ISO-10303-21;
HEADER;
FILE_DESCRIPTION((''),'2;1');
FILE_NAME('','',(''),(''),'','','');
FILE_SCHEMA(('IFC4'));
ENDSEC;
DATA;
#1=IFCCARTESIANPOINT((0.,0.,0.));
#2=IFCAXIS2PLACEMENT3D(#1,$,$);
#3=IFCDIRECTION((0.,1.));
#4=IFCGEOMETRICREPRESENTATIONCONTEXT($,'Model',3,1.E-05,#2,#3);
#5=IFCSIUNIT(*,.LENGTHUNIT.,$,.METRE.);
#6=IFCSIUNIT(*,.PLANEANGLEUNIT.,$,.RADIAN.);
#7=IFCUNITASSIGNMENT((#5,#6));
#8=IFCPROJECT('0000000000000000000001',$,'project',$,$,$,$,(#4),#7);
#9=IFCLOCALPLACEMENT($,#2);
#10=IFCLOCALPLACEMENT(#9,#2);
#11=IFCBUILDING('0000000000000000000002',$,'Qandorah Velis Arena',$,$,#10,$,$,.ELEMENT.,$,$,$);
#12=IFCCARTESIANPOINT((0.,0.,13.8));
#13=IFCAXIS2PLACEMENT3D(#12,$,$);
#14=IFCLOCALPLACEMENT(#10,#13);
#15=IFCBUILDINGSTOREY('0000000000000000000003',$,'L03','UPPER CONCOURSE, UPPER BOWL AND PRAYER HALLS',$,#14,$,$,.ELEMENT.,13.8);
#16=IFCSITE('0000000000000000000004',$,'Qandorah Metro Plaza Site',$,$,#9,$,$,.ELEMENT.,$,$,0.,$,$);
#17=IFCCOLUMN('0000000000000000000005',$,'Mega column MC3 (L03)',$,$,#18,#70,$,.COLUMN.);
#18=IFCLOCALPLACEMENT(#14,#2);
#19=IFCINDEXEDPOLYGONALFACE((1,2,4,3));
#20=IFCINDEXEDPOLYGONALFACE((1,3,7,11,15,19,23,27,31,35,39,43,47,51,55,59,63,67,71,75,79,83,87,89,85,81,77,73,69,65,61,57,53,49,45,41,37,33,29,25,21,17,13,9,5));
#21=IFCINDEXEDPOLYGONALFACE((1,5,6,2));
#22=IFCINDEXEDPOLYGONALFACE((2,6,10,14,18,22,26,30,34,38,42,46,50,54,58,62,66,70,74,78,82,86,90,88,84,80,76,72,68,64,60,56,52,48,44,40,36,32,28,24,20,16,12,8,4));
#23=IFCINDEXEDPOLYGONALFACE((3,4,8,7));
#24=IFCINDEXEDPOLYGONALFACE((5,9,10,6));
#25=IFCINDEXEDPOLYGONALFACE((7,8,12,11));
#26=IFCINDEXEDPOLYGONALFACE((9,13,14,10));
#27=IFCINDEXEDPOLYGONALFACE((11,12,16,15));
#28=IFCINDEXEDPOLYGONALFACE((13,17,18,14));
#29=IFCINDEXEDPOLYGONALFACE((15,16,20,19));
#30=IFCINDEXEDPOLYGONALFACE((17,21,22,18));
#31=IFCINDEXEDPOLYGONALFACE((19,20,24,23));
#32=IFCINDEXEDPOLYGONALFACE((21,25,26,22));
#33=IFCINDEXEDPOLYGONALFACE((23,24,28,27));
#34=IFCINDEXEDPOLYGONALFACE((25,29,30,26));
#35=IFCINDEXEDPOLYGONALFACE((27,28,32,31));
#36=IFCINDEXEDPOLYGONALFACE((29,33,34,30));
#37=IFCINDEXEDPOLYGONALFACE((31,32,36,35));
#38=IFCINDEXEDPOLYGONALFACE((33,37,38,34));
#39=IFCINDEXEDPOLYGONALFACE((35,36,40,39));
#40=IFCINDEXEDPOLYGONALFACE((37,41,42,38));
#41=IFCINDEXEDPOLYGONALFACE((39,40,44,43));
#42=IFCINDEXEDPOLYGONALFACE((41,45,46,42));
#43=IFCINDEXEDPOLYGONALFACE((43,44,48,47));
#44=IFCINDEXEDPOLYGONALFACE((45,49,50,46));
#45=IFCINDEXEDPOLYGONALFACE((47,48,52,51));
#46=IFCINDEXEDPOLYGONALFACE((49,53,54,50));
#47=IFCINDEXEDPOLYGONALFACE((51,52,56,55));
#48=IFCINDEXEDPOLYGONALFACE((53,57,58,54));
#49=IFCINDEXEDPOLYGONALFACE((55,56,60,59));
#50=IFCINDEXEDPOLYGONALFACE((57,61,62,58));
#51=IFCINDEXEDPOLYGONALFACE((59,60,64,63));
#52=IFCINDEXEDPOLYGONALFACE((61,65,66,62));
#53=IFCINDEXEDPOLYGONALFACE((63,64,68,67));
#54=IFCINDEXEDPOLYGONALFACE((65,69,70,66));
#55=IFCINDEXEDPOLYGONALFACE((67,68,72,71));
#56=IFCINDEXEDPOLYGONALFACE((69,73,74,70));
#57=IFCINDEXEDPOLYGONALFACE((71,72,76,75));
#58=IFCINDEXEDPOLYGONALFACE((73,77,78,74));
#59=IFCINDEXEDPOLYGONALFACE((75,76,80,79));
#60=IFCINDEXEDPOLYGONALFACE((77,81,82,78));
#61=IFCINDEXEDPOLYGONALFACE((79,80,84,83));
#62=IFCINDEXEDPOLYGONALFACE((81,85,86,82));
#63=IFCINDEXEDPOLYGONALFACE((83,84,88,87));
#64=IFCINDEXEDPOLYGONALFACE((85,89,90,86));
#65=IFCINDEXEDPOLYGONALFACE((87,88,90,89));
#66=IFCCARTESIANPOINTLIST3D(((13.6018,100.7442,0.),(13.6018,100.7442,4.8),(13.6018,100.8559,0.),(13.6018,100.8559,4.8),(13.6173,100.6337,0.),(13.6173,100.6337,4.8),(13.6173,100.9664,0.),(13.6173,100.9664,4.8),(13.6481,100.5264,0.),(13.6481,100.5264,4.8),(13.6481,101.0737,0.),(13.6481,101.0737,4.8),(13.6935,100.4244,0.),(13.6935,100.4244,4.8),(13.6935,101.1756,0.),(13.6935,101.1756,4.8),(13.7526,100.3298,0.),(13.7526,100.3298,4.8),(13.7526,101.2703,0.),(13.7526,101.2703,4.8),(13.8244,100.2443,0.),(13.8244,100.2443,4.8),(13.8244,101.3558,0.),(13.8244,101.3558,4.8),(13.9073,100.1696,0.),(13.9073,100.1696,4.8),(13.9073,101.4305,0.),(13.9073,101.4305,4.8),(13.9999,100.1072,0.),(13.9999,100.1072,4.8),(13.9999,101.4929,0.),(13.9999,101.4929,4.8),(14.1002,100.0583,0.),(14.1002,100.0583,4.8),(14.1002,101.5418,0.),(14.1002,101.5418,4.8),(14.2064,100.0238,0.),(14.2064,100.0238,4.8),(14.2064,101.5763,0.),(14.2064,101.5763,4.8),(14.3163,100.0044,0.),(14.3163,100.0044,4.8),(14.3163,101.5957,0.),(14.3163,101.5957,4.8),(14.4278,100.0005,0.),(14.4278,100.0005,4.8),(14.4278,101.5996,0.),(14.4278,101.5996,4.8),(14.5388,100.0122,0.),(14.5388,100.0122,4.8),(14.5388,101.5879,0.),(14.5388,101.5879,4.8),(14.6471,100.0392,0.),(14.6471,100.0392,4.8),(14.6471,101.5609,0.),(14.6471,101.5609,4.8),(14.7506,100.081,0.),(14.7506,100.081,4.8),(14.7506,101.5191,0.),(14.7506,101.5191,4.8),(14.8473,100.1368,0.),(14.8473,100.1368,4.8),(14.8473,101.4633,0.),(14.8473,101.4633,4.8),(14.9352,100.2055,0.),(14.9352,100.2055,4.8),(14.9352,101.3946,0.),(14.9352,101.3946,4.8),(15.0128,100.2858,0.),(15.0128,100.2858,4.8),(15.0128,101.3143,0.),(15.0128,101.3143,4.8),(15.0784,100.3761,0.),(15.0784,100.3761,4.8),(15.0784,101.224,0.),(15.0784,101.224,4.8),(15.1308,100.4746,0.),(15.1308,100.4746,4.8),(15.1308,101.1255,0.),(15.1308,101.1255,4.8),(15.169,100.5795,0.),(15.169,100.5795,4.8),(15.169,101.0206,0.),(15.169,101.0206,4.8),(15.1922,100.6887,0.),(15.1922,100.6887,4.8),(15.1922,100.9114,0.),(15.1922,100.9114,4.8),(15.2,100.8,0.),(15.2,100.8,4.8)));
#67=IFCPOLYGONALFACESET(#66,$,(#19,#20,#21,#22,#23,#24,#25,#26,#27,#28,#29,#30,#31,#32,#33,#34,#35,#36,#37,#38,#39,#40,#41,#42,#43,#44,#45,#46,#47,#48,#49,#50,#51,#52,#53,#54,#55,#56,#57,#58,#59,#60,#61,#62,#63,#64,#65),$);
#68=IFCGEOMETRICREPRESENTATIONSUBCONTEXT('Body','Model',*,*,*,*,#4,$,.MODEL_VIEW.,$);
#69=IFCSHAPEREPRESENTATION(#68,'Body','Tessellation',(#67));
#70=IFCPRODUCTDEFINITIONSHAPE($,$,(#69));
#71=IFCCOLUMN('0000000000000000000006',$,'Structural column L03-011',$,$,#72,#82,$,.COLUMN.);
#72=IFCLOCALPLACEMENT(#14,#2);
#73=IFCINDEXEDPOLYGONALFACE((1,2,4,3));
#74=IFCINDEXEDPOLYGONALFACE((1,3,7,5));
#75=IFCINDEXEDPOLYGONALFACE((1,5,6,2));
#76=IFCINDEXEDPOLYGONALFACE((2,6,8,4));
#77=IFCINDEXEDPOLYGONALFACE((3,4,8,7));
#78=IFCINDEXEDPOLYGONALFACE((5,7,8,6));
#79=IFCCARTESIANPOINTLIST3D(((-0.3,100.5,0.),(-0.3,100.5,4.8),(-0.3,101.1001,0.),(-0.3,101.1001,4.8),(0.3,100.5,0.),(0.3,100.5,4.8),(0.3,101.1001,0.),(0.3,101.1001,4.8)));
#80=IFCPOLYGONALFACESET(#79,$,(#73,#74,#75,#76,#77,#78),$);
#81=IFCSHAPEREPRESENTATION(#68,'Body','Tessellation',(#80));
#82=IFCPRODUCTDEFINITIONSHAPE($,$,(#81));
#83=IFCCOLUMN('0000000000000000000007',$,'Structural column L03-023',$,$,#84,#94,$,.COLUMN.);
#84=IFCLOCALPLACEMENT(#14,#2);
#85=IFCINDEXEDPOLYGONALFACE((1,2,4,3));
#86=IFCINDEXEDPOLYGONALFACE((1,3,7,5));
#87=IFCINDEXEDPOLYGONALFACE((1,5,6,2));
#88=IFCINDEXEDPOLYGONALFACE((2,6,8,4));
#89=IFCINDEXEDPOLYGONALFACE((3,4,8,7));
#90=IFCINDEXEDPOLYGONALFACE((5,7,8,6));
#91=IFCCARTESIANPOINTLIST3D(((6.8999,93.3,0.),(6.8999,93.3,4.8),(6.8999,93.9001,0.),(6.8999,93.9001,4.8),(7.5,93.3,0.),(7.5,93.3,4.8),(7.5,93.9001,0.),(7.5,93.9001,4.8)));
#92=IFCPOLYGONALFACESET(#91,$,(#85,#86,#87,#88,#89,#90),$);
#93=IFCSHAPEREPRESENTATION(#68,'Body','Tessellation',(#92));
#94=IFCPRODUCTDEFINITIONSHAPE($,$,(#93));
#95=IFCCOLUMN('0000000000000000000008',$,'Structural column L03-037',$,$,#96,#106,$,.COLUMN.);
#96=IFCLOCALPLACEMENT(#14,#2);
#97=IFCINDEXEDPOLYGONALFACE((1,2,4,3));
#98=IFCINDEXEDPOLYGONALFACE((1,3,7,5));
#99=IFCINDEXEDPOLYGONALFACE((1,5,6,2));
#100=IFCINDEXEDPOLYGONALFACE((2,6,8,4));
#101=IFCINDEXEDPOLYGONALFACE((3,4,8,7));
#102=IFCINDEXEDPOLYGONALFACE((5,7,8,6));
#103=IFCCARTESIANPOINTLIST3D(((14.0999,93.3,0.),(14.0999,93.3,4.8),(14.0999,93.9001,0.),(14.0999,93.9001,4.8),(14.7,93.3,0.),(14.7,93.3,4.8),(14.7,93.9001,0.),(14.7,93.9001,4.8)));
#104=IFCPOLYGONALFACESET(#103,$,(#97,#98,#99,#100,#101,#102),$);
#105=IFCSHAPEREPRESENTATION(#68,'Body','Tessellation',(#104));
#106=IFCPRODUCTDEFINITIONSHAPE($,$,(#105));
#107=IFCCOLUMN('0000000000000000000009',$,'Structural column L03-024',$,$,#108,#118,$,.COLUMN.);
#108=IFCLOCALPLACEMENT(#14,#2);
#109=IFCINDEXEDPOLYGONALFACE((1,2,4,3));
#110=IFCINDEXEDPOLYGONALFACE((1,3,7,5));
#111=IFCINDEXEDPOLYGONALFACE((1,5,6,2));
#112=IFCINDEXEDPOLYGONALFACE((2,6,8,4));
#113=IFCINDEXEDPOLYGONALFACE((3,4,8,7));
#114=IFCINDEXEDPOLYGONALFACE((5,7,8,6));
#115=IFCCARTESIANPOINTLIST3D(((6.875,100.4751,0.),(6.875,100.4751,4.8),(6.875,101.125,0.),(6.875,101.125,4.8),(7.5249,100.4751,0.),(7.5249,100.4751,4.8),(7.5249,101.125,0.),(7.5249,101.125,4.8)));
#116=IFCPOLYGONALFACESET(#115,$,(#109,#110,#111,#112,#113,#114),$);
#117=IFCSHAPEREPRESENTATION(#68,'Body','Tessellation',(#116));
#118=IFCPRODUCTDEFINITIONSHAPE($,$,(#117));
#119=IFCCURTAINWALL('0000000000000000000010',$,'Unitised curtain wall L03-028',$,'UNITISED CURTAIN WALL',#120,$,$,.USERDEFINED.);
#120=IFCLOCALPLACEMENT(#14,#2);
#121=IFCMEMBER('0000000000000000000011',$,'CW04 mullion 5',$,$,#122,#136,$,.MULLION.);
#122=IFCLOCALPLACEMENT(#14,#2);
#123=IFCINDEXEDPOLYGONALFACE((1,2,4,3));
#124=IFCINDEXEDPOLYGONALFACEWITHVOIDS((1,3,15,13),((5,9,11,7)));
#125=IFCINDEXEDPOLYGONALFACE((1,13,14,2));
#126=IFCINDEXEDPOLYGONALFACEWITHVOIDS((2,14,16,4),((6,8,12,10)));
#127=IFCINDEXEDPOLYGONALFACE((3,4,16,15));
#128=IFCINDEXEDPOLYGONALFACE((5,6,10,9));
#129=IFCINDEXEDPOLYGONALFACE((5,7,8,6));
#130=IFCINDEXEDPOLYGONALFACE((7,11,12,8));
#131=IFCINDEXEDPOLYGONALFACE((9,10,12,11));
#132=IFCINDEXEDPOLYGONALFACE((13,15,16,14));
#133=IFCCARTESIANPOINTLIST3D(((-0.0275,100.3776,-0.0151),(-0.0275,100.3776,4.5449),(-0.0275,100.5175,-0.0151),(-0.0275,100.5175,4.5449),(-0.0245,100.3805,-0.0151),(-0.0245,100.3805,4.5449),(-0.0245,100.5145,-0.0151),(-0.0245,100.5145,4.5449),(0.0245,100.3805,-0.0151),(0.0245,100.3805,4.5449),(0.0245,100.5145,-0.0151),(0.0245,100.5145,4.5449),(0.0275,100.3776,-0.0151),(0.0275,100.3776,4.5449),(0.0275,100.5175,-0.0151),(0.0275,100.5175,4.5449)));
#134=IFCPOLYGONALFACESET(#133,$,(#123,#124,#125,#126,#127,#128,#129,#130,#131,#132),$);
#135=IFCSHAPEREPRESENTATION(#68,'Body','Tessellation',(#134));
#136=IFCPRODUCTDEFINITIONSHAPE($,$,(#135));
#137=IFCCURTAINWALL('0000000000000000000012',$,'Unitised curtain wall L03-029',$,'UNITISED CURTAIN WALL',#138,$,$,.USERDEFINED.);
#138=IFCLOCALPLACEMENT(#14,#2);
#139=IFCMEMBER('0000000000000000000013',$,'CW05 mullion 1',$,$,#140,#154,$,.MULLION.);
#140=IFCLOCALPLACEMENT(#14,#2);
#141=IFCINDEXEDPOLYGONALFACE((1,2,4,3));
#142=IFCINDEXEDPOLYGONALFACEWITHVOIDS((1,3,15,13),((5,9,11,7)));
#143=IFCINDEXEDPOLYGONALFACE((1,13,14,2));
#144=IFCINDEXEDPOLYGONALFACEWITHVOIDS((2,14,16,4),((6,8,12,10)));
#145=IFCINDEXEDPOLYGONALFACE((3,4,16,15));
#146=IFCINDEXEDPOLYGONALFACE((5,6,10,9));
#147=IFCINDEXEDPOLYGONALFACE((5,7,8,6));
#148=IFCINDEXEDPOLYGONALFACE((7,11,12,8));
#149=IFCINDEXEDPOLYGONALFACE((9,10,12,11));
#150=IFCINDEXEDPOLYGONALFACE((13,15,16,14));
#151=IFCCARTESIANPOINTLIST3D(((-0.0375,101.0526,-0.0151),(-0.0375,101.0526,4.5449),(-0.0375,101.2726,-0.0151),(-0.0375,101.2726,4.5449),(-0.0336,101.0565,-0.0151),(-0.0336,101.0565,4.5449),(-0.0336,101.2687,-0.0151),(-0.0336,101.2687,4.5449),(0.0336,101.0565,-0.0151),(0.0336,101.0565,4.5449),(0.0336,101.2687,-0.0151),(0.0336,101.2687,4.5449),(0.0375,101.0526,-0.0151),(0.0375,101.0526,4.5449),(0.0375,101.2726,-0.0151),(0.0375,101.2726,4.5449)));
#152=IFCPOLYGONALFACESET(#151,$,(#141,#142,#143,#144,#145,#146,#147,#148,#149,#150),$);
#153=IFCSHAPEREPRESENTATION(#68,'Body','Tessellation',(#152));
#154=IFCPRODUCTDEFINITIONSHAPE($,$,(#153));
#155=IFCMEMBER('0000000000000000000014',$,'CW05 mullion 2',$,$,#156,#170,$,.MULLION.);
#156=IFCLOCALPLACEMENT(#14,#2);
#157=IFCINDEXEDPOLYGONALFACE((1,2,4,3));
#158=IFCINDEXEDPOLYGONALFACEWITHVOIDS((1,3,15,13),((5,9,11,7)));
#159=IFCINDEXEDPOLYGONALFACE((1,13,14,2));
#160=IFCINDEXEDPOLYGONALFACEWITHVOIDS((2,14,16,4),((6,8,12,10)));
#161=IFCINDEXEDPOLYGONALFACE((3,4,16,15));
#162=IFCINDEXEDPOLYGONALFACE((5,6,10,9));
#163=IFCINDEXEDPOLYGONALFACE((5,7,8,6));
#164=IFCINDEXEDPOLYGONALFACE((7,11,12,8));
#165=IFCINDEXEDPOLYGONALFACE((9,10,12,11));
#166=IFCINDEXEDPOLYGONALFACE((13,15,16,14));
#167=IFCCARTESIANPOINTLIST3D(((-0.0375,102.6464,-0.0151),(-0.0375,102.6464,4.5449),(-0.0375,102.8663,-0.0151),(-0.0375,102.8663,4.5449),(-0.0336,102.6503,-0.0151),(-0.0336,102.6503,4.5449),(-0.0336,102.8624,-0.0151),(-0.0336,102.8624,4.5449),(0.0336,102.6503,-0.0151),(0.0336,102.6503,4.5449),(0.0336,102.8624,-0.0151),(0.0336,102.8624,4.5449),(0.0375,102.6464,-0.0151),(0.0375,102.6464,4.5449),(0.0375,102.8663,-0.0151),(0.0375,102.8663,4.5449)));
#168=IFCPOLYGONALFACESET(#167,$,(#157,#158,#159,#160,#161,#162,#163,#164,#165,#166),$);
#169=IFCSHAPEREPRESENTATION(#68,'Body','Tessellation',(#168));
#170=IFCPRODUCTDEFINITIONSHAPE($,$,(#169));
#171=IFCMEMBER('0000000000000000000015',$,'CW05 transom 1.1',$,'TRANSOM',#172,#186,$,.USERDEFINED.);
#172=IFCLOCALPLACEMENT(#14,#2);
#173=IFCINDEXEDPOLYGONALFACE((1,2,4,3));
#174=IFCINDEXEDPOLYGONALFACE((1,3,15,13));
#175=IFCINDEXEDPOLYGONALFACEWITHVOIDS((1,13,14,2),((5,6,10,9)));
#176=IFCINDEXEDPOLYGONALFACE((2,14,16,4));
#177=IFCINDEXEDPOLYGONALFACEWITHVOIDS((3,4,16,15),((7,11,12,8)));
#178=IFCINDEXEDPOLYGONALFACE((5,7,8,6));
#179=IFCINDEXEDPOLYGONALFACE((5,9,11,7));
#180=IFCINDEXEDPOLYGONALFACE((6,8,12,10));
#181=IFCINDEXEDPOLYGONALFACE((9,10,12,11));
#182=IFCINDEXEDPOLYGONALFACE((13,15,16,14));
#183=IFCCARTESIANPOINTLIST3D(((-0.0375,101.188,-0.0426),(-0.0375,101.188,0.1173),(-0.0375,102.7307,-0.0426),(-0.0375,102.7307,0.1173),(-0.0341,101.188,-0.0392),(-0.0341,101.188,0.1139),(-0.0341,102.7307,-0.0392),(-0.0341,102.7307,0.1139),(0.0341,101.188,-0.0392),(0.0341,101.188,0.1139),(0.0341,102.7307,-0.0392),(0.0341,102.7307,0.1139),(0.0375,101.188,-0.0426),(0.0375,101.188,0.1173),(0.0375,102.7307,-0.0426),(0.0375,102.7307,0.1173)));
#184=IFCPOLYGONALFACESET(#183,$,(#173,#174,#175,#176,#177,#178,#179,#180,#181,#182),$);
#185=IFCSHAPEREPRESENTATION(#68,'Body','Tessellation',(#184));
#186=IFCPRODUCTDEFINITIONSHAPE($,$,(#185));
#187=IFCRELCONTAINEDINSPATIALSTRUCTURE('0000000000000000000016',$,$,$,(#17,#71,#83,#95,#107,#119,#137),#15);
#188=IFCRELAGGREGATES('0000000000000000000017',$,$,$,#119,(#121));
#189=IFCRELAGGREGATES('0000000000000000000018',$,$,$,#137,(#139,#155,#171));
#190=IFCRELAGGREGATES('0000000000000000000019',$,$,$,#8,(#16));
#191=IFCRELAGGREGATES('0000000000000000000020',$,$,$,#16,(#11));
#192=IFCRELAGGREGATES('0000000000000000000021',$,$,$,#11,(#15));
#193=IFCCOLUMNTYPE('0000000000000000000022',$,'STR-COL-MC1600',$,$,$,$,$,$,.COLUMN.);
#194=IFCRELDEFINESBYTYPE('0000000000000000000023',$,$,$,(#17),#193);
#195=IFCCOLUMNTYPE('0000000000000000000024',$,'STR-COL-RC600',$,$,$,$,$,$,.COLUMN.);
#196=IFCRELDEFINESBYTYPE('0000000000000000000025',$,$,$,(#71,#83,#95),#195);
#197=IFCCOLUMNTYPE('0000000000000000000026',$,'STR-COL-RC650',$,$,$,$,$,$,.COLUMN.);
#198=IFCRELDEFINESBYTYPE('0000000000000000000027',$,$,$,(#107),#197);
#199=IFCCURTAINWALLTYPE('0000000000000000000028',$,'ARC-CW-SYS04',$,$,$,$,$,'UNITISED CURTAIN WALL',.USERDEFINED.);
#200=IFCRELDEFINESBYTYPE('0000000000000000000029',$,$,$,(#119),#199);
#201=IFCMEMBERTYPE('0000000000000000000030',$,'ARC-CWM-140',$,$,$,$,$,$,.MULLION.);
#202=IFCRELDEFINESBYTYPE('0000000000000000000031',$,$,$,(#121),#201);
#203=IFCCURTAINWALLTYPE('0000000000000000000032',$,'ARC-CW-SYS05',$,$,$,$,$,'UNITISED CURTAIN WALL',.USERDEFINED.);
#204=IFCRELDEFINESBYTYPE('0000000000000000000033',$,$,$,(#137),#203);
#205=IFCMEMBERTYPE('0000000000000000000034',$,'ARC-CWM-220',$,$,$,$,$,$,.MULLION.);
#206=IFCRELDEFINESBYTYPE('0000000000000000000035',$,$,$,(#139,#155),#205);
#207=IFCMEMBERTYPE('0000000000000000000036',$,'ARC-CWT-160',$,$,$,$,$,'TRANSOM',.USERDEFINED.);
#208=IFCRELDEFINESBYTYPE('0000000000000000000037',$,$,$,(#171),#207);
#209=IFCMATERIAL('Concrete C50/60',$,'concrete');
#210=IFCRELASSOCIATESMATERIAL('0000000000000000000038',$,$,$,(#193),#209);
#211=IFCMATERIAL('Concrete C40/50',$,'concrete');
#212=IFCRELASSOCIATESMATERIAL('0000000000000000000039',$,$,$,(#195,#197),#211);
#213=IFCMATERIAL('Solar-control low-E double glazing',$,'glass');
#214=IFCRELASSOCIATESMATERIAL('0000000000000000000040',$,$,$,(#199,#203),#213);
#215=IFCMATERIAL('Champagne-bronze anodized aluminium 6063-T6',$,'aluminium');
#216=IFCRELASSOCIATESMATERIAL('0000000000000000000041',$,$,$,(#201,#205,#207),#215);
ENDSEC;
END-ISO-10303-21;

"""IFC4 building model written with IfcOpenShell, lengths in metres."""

from ifc_helpers import new_model, si_unit, direction, frame, origin, origin_2d, place, context, subcontext, project, spatial, rectangle, hollow_rectangle, circle, extrude, material, material_profile, profile_set, type_object, element, aggregate, save


model = new_model("IFC4")

# Units and contexts
model_context = context("Model", 3, precision=1e-05, world=origin(), true_north=direction((0.0, 1.0)))
body_context = subcontext(model_context, "Body", "Model", "MODEL_VIEW")
ifc_project = project(units=[si_unit("LENGTHUNIT", "METRE"), si_unit("PLANEANGLEUNIT", "RADIAN")], contexts=[model_context])

# Site, building, storey
site_placement = place(None, origin())
site = spatial("IfcSite", under=ifc_project, at=site_placement, Name="Qandorah Metro Plaza Site", CompositionType="ELEMENT", RefElevation=0.0)
building_placement = place(site_placement, origin())
building = spatial("IfcBuilding", under=site, at=building_placement, Name="Qandorah Velis Arena", CompositionType="ELEMENT")
storey_placement = place(building_placement, frame((0.0, 0.0, 13.8)))
storey = spatial("IfcBuildingStorey", under=building, at=storey_placement, Name="L03", Description="UPPER CONCOURSE, UPPER BOWL AND PRAYER HALLS", CompositionType="ELEMENT", Elevation=13.8)

# Columns
ifc_material_1 = material(Name="Concrete C50/60", Category="concrete")
ifc_material_profile_1 = material_profile(ifc_material_1, circle(Radius=0.8, at=origin_2d()), Name="MC D1600")
ifc_profile_set_1 = profile_set([ifc_material_profile_1], Name="Concrete C50/60")
column_type_1 = type_object("IfcColumnType", Name="STR-COL-MC1600", PredefinedType="COLUMN", material=ifc_profile_set_1)
column_1_placement = place(storey_placement, frame((14.3999, 100.8, 0.0), z_axis=(0.0, 0.0, 1.0), x_axis=(1.0, 0.0, 0.0)))
element("IfcColumn", 1, at=column_1_placement, inside=storey, type_object=column_type_1, Name="Mega column MC3 (L03)", PredefinedType="COLUMN", context=body_context, shape_type="SweptSolid", body=[
    extrude(circle(Radius=0.8, at=origin_2d()), origin(), (0.0, 0.0, 1.0), 4.8),
])
ifc_material_2 = material(Name="Concrete C40/50", Category="concrete")
ifc_material_profile_2 = material_profile(ifc_material_2, rectangle(XDim=0.6001, YDim=0.6001, at=origin_2d()), Name="RC COL 600x600")
ifc_profile_set_2 = profile_set([ifc_material_profile_2], Name="Concrete C40/50")
column_type_2 = type_object("IfcColumnType", Name="STR-COL-RC600", PredefinedType="COLUMN", material=ifc_profile_set_2)
for number, where, z_axis, x_axis, name in (
    (2, (0.0, 100.8, 0.0), (0.0, 0.0, 1.0), (1.0, 0.0, 0.0), "Structural column L03-011"),
    (3, (7.2, 93.6001, 0.0), (0.0, 0.0, 1.0), (1.0, 0.0, 0.0), "Structural column L03-023"),
    (4, (14.3999, 93.6001, 0.0), (0.0, 0.0, 1.0), (1.0, 0.0, 0.0), "Structural column L03-037"),
):
    element("IfcColumn", number, at=place(storey_placement, frame(where, z_axis=z_axis, x_axis=x_axis)), inside=storey, type_object=column_type_2, Name=name, PredefinedType="COLUMN", context=body_context, shape_type="SweptSolid", body=[
        extrude(rectangle(XDim=0.6001, YDim=0.6001, at=origin_2d()), origin(), (0.0, 0.0, 1.0), 4.8),
    ])
ifc_material_profile_3 = material_profile(ifc_material_2, rectangle(XDim=0.6499, YDim=0.6499, at=origin_2d()), Name="RC COL 650x650")
ifc_profile_set_3 = profile_set([ifc_material_profile_3], Name="Concrete C40/50")
column_type_3 = type_object("IfcColumnType", Name="STR-COL-RC650", PredefinedType="COLUMN", material=ifc_profile_set_3)
column_2_placement = place(storey_placement, frame((7.2, 100.8, 0.0), z_axis=(0.0, 0.0, 1.0), x_axis=(1.0, 0.0, 0.0)))
element("IfcColumn", 5, at=column_2_placement, inside=storey, type_object=column_type_3, Name="Structural column L03-024", PredefinedType="COLUMN", context=body_context, shape_type="SweptSolid", body=[
    extrude(rectangle(XDim=0.6499, YDim=0.6499, at=origin_2d()), origin(), (0.0, 0.0, 1.0), 4.8),
])

# Curtain wall, member
ifc_material_3 = material(Name="Solar-control low-E double glazing", Category="glass")
curtain_wall_type_1 = type_object("IfcCurtainWallType", Name="ARC-CW-SYS04", ElementType="UNITISED CURTAIN WALL", PredefinedType="USERDEFINED", material=ifc_material_3)
curtain_wall_1_placement = place(storey_placement, origin())
curtain_wall_1 = element("IfcCurtainWall", 6, at=curtain_wall_1_placement, inside=storey, type_object=curtain_wall_type_1, Name="Unitised curtain wall L03-028", ObjectType="UNITISED CURTAIN WALL", PredefinedType="USERDEFINED")
ifc_material_4 = material(Name="Champagne-bronze anodized aluminium 6063-T6", Category="aluminium")
ifc_material_profile_4 = material_profile(ifc_material_4, hollow_rectangle(XDim=0.0549, YDim=0.1399, WallThickness=0.0029, at=origin_2d()), Name="ALU MULLION 55x140")
ifc_profile_set_4 = profile_set([ifc_material_profile_4], Name="Champagne-bronze anodized aluminium 6063-T6")
member_type_1 = type_object("IfcMemberType", Name="ARC-CWM-140", PredefinedType="MULLION", material=ifc_profile_set_4)
member_1_placement = place(storey_placement, frame((0.0, 100.4475, -0.0151), z_axis=(0.0, 0.0, 1.0), x_axis=(-1.0, 0.0, 0.0)))
member_1 = element("IfcMember", 7, at=member_1_placement, type_object=member_type_1, Name="CW04 mullion 5", PredefinedType="MULLION", context=body_context, shape_type="SweptSolid", body=[
    extrude(hollow_rectangle(XDim=0.0549, YDim=0.1399, WallThickness=0.0029, at=origin_2d()), origin(), (0.0, 0.0, 1.0), 4.5601),
])
aggregate(curtain_wall_1, [member_1])

# Curtain wall, members
curtain_wall_type_2 = type_object("IfcCurtainWallType", Name="ARC-CW-SYS05", ElementType="UNITISED CURTAIN WALL", PredefinedType="USERDEFINED", material=ifc_material_3)
curtain_wall_2_placement = place(storey_placement, origin())
curtain_wall_2 = element("IfcCurtainWall", 8, at=curtain_wall_2_placement, inside=storey, type_object=curtain_wall_type_2, Name="Unitised curtain wall L03-029", ObjectType="UNITISED CURTAIN WALL", PredefinedType="USERDEFINED")
ifc_material_profile_5 = material_profile(ifc_material_4, hollow_rectangle(XDim=0.075, YDim=0.22, WallThickness=0.0039, at=origin_2d()), Name="ALU MULLION 75x220")
ifc_profile_set_5 = profile_set([ifc_material_profile_5], Name="Champagne-bronze anodized aluminium 6063-T6")
member_type_2 = type_object("IfcMemberType", Name="ARC-CWM-220", PredefinedType="MULLION", material=ifc_profile_set_5)
member_2_placement = place(storey_placement, frame((0.0, 101.1626, -0.0151), z_axis=(0.0, 0.0, 1.0), x_axis=(-1.0, 0.0, 0.0)))
member_2 = element("IfcMember", 9, at=member_2_placement, type_object=member_type_2, Name="CW05 mullion 1", PredefinedType="MULLION", context=body_context, shape_type="SweptSolid", body=[
    extrude(hollow_rectangle(XDim=0.075, YDim=0.22, WallThickness=0.0039, at=origin_2d()), origin(), (0.0, 0.0, 1.0), 4.5601),
])
member_3_placement = place(storey_placement, frame((0.0, 102.7563, -0.0151), z_axis=(0.0, 0.0, 1.0), x_axis=(-1.0, 0.0, 0.0)))
member_3 = element("IfcMember", 10, at=member_3_placement, type_object=member_type_2, Name="CW05 mullion 2", PredefinedType="MULLION", context=body_context, shape_type="SweptSolid", body=[
    extrude(hollow_rectangle(XDim=0.075, YDim=0.22, WallThickness=0.0039, at=origin_2d()), origin(), (0.0, 0.0, 1.0), 4.5601),
])
ifc_material_profile_6 = material_profile(ifc_material_4, hollow_rectangle(XDim=0.075, YDim=0.1599, WallThickness=0.0034, at=origin_2d()), Name="ALU TRANSOM 75x160")
ifc_profile_set_6 = profile_set([ifc_material_profile_6], Name="Champagne-bronze anodized aluminium 6063-T6")
member_type_3 = type_object("IfcMemberType", Name="ARC-CWT-160", ElementType="TRANSOM", PredefinedType="USERDEFINED", material=ifc_profile_set_6)
member_4_placement = place(storey_placement, frame((0.0, 101.188, 0.0374), z_axis=(0.0, 1.0, 0.0), x_axis=(-1.0, 0.0, 0.0)))
member_4 = element("IfcMember", 11, at=member_4_placement, type_object=member_type_3, Name="CW05 transom 1.1", ObjectType="TRANSOM", PredefinedType="USERDEFINED", context=body_context, shape_type="SweptSolid", body=[
    extrude(hollow_rectangle(XDim=0.075, YDim=0.1599, WallThickness=0.0034, at=origin_2d()), origin(), (0.0, 0.0, 1.0), 1.5427),
])

aggregate(curtain_wall_2, [member_2, member_3, member_4])

save(model, "model.ifc")
